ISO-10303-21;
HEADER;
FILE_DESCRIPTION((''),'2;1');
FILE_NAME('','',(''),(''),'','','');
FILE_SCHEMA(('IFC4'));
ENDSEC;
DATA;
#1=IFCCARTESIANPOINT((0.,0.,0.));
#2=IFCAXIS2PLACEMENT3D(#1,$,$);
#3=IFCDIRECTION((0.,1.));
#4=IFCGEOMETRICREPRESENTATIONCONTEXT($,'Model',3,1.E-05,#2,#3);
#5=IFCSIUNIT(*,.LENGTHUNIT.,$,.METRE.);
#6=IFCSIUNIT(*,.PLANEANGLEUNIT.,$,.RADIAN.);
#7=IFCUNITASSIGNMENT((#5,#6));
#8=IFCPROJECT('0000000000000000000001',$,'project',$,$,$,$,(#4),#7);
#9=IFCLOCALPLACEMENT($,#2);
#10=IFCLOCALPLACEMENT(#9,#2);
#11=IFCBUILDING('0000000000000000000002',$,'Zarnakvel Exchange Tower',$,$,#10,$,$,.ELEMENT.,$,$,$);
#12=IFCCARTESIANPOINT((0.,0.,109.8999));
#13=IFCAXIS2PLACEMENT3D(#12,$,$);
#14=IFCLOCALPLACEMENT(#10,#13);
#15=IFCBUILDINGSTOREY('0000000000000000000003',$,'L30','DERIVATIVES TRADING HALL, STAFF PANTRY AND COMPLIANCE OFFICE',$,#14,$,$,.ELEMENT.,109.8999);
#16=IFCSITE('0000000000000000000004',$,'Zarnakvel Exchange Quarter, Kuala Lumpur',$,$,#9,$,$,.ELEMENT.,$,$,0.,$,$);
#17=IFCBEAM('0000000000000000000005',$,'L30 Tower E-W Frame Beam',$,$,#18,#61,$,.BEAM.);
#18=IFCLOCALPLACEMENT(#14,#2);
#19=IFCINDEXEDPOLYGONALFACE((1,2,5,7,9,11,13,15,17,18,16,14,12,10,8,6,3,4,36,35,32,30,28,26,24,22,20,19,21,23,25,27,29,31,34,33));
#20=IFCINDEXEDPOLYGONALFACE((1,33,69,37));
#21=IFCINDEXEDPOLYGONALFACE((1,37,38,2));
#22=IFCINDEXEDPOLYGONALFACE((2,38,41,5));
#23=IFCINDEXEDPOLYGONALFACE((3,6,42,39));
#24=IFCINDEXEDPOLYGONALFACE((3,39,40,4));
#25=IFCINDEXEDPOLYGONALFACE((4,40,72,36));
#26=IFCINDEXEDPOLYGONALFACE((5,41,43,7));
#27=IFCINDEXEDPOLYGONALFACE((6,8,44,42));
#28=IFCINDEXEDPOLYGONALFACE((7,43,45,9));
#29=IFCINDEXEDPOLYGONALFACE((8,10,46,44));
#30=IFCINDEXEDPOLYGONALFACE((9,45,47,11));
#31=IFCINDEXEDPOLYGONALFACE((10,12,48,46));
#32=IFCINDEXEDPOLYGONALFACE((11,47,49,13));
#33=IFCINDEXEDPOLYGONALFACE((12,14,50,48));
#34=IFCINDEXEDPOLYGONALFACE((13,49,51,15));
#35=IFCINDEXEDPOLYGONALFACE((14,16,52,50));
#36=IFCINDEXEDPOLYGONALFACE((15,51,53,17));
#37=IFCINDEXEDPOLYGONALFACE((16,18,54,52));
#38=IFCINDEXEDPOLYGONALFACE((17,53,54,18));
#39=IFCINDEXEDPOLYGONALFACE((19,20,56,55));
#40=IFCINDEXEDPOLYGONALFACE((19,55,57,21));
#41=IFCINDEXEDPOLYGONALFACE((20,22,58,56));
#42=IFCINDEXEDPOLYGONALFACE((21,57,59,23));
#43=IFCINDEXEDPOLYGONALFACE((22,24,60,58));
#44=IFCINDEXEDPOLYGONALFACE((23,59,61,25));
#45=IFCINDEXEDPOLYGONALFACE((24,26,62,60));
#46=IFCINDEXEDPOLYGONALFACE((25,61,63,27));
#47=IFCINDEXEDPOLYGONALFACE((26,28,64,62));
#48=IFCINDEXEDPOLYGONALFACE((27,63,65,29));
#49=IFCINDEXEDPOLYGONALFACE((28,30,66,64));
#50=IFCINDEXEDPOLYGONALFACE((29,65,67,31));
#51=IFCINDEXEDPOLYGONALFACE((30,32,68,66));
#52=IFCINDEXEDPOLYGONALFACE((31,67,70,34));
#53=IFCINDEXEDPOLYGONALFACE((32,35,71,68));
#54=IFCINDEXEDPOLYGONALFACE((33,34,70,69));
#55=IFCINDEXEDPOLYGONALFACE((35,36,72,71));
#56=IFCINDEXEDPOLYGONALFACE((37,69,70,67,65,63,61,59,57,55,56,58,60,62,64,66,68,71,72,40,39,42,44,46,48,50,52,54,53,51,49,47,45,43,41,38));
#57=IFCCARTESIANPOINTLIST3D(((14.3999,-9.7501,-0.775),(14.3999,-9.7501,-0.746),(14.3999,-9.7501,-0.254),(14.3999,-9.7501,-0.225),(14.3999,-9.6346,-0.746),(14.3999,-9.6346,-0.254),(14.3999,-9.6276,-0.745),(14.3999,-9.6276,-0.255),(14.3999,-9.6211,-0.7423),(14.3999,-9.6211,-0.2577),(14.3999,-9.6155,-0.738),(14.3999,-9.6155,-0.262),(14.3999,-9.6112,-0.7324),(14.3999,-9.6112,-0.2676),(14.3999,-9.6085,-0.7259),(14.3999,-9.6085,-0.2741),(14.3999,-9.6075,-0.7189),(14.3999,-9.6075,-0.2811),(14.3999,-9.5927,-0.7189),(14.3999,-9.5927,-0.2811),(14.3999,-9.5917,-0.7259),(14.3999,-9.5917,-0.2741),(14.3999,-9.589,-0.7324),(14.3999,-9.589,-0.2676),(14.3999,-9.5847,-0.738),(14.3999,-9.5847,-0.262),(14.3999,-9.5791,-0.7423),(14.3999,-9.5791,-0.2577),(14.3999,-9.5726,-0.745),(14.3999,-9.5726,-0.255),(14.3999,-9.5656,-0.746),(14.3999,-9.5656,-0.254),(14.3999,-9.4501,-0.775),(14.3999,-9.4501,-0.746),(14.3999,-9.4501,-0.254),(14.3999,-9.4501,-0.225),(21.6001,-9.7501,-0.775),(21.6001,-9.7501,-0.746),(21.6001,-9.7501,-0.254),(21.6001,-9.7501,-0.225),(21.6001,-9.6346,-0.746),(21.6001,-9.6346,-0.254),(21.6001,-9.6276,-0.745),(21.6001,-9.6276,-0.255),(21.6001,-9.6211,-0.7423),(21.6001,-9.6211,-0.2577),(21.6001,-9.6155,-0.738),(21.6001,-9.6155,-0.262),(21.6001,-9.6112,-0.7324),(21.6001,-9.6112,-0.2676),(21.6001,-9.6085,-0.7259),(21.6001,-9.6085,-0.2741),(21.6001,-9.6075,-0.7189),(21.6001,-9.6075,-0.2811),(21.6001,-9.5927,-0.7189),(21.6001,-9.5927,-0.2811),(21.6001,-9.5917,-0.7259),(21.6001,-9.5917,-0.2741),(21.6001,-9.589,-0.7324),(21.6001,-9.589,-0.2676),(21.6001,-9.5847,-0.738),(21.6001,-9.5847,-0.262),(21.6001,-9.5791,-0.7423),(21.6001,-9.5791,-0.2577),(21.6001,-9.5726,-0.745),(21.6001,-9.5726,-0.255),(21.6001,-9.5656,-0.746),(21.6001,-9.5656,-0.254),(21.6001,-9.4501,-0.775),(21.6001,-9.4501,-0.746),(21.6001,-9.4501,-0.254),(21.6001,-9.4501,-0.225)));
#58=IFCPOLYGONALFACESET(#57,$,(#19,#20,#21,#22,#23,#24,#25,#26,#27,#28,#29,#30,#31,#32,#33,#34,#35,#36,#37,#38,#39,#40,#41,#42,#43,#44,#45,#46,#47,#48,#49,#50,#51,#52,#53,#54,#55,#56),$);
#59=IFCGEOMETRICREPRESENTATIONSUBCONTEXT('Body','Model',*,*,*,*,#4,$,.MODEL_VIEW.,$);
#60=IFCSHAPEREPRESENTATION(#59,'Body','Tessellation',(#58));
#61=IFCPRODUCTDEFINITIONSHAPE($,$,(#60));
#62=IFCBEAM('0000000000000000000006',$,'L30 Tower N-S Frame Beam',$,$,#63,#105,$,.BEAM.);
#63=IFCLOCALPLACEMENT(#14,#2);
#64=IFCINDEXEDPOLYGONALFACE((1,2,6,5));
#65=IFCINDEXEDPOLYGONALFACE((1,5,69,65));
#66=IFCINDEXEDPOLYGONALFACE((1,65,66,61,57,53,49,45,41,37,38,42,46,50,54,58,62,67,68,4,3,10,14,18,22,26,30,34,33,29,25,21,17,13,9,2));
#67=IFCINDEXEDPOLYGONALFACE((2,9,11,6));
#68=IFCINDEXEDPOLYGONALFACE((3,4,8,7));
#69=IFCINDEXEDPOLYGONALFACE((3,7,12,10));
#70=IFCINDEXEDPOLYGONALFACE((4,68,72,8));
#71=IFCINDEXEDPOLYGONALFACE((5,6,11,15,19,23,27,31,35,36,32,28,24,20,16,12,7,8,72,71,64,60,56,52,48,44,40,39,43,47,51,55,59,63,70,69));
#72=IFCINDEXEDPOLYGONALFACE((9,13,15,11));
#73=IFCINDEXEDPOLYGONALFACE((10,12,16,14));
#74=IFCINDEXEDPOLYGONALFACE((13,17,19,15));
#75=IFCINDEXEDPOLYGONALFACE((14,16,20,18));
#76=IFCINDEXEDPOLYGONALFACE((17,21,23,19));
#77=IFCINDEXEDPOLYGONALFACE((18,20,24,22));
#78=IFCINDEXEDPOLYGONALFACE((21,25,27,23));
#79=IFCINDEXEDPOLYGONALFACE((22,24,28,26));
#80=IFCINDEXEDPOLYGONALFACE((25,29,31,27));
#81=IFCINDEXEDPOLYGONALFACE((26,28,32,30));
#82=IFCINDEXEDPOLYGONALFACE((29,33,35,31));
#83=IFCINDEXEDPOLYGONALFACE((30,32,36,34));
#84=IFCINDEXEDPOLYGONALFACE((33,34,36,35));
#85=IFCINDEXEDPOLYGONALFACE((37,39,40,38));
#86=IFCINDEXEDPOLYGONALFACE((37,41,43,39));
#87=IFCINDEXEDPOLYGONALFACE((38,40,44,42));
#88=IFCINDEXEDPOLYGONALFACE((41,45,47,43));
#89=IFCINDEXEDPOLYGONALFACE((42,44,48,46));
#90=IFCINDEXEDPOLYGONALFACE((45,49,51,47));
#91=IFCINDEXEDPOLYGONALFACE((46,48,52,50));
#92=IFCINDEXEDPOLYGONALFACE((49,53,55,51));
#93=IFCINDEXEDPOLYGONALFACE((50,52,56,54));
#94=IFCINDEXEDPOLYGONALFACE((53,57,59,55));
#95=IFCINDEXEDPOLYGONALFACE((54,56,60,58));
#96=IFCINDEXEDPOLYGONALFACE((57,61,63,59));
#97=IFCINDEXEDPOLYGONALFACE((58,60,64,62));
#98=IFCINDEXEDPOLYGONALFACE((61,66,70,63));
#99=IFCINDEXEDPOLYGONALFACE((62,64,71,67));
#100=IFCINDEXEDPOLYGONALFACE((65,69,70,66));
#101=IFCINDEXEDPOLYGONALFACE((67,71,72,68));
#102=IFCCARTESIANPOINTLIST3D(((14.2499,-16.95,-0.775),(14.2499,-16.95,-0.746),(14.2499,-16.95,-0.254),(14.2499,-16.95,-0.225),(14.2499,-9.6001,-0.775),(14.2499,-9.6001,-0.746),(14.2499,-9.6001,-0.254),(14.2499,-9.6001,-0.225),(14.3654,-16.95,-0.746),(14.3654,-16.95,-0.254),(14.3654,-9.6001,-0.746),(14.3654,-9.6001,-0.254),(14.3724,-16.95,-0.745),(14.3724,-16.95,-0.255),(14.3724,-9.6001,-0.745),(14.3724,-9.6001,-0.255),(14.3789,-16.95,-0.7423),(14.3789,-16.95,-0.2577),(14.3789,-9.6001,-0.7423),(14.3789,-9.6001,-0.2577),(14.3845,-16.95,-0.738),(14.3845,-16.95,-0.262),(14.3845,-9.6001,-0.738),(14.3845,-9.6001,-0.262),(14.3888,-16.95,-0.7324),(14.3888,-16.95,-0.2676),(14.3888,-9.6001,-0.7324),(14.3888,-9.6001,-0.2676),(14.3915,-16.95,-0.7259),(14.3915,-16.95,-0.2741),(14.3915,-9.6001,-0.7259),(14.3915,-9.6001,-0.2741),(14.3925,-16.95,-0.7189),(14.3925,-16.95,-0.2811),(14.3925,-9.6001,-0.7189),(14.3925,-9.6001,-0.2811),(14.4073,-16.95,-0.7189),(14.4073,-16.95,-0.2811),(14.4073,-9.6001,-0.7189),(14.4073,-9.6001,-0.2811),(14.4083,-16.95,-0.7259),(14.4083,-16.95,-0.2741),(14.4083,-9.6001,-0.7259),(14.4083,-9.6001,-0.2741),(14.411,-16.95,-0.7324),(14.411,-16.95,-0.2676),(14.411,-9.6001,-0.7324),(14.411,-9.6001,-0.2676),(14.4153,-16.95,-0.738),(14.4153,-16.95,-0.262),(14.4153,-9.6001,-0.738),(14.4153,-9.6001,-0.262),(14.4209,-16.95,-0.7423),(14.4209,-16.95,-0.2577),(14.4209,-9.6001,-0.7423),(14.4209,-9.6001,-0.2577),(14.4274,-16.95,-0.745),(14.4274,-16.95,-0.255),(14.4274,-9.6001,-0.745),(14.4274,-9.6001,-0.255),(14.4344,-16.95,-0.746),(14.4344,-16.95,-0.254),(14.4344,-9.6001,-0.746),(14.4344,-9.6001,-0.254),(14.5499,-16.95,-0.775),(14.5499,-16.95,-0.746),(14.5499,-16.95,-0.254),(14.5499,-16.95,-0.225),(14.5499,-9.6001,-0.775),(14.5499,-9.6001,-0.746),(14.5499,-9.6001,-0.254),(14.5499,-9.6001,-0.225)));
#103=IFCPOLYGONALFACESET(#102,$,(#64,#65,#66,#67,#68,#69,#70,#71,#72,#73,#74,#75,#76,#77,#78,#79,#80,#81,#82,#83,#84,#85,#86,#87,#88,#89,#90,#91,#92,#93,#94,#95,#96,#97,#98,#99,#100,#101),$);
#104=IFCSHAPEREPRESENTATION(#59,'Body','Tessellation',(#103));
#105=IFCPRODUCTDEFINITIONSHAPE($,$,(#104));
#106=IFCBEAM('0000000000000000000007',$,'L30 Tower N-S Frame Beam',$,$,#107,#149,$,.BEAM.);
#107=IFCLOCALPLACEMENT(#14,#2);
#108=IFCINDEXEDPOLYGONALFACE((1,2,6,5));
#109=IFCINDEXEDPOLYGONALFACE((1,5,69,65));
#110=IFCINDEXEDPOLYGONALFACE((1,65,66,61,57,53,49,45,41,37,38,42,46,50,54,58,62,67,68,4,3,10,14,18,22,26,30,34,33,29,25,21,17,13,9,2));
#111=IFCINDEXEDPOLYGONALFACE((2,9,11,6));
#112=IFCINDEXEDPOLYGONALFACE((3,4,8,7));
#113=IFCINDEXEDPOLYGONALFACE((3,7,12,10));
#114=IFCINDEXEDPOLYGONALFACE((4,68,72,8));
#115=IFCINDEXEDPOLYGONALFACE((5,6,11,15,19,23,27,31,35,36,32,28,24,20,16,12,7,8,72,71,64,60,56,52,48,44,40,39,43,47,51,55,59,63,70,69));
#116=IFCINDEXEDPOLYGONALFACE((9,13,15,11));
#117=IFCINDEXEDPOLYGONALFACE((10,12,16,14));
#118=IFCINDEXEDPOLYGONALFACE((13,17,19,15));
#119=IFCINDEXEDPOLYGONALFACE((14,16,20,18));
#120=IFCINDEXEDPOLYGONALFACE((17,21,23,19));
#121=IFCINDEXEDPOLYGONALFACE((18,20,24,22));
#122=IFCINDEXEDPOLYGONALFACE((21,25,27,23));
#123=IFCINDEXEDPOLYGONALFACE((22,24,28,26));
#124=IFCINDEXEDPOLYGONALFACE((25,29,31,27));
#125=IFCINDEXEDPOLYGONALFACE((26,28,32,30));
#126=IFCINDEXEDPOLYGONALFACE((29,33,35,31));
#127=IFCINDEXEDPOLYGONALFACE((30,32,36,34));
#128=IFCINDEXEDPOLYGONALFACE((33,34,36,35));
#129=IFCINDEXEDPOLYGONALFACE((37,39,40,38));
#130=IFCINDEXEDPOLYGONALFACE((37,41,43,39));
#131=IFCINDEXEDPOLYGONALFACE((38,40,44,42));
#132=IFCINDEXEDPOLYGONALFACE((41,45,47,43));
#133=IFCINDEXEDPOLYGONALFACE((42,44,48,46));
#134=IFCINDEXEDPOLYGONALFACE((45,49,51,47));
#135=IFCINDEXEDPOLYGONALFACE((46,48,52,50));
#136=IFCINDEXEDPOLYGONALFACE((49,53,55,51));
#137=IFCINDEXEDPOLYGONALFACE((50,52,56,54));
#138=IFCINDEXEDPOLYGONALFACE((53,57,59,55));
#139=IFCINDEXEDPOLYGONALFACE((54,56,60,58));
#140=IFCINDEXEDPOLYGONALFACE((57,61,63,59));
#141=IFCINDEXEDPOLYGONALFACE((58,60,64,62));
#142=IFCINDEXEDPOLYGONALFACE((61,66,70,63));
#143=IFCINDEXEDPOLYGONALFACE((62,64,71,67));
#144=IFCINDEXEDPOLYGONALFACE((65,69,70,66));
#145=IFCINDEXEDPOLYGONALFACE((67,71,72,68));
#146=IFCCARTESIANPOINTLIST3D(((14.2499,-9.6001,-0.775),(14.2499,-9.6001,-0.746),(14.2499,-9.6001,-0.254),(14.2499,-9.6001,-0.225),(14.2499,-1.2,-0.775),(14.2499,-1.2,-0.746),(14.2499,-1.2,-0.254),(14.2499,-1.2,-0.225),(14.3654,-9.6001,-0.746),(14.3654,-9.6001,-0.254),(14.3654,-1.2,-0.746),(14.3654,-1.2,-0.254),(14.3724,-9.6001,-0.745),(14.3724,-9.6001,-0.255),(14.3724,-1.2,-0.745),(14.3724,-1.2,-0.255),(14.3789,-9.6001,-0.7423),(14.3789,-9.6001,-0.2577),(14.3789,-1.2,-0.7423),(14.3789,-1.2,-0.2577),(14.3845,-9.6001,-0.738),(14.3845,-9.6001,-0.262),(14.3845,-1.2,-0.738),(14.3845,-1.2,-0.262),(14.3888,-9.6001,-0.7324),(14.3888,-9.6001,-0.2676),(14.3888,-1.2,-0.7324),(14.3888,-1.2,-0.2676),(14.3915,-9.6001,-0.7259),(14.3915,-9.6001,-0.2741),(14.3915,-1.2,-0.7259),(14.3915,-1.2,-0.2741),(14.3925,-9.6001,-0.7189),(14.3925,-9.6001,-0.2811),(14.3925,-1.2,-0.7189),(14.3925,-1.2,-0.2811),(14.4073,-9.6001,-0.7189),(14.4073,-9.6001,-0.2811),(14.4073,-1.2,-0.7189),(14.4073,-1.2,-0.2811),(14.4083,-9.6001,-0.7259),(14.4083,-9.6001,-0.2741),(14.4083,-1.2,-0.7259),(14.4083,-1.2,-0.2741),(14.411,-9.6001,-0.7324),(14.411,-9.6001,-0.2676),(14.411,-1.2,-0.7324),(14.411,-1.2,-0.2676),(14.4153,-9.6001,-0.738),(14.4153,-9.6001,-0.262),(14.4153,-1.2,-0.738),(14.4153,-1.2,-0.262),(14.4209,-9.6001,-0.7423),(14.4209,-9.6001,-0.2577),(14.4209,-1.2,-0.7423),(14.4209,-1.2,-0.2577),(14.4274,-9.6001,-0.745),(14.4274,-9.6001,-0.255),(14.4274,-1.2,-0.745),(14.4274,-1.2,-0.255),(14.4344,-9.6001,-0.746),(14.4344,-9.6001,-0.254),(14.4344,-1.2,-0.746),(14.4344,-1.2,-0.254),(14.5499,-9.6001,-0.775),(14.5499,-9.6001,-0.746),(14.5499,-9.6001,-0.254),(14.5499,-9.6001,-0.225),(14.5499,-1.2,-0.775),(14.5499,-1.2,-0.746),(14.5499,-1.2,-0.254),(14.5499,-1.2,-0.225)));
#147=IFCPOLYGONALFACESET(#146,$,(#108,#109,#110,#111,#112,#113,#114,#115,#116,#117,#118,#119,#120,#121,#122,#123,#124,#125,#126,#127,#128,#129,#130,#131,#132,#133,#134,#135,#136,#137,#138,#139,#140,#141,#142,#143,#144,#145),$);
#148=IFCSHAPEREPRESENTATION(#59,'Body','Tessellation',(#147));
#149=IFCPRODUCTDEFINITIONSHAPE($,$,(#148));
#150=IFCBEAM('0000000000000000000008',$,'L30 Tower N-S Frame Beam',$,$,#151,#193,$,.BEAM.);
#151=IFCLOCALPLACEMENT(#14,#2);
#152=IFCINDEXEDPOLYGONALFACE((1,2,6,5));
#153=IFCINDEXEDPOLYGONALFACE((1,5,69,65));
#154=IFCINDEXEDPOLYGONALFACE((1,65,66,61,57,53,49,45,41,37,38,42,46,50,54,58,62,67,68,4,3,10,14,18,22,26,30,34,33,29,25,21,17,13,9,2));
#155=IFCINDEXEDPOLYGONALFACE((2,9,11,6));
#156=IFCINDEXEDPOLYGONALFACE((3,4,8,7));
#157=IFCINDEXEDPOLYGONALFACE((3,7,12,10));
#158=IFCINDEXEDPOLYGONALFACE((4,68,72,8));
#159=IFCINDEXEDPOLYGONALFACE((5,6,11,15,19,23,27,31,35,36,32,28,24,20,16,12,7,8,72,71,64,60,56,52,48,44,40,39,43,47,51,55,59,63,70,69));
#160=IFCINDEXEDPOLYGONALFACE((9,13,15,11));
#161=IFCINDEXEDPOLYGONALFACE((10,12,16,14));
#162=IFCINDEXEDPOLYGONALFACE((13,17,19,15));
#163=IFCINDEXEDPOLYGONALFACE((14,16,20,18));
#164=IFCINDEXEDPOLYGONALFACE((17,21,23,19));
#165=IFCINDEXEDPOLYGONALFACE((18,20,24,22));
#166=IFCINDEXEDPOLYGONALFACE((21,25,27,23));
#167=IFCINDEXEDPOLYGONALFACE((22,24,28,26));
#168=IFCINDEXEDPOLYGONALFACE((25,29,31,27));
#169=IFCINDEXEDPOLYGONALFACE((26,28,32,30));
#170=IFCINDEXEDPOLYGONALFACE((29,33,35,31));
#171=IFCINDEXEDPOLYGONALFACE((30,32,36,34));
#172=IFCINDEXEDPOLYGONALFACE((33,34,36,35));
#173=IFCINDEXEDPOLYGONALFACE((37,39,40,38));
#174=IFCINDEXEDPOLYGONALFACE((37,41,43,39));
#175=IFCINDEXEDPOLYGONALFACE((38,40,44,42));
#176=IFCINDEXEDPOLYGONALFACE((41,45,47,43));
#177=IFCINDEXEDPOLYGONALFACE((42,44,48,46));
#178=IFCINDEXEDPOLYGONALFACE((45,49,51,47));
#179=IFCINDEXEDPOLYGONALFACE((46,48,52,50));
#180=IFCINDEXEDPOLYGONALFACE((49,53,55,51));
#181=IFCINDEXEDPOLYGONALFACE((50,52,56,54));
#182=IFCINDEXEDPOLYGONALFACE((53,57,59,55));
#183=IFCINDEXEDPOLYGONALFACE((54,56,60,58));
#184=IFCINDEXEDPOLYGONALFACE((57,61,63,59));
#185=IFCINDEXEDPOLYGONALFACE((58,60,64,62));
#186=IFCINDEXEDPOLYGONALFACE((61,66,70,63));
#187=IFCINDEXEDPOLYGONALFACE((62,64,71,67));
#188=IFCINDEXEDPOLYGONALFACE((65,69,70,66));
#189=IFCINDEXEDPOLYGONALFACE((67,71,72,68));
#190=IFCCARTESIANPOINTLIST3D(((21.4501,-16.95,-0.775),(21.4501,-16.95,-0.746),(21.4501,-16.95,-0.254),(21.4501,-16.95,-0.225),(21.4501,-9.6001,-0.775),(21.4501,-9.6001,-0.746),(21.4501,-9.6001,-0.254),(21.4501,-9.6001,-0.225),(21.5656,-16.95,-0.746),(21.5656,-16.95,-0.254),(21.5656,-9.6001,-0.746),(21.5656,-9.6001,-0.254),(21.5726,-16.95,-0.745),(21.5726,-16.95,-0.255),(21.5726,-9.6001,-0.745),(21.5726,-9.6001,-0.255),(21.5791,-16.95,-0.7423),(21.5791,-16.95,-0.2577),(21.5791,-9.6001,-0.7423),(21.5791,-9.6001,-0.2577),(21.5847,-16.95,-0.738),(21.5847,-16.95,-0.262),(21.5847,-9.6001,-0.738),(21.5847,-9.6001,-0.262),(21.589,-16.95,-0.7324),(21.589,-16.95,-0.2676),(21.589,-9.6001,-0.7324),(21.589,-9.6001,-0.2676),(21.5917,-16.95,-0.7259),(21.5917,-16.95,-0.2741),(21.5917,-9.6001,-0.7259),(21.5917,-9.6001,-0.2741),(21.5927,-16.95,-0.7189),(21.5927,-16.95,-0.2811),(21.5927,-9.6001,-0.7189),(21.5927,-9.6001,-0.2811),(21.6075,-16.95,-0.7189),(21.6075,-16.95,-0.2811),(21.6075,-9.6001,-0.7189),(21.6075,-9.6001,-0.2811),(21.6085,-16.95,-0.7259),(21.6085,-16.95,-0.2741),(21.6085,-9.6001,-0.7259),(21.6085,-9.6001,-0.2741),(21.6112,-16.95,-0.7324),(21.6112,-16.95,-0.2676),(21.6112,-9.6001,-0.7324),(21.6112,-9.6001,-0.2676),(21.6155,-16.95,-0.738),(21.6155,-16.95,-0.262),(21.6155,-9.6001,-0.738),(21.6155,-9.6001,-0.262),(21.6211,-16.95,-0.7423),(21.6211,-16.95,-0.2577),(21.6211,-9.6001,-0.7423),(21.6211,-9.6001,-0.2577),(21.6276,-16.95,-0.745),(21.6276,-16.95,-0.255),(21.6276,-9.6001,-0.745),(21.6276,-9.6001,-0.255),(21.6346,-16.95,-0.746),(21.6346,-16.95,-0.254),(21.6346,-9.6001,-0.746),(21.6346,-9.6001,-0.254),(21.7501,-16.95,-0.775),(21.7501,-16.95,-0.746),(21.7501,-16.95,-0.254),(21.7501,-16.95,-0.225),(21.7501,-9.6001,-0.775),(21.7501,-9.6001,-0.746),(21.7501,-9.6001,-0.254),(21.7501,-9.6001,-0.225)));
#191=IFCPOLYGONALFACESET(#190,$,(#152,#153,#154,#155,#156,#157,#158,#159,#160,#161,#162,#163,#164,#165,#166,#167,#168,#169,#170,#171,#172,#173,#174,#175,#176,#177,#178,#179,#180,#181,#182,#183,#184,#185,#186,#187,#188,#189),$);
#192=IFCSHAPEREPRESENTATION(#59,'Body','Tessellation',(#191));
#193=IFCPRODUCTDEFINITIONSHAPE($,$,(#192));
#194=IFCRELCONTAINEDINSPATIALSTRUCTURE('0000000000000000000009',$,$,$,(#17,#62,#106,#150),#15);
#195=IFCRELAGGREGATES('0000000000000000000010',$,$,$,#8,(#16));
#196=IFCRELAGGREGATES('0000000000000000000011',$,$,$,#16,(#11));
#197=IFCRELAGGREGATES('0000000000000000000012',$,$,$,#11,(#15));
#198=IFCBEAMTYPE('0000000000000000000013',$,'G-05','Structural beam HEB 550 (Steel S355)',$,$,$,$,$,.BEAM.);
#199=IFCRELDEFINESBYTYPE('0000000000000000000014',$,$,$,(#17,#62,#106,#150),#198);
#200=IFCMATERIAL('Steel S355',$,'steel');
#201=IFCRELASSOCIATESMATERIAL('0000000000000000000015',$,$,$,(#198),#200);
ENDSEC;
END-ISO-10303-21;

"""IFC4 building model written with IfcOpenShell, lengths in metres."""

from ifc_helpers import new_model, si_unit, direction, frame, origin, origin_2d, place, context, subcontext, project, spatial, i_section, extrude, material, material_profile, profile_set, type_object, element, save


model = new_model("IFC4")

# Units and contexts
model_context = context("Model", 3, precision=1e-05, world=origin(), true_north=direction((0.0, 1.0)))
body_context = subcontext(model_context, "Body", "Model", "MODEL_VIEW")
ifc_project = project(units=[si_unit("LENGTHUNIT", "METRE"), si_unit("PLANEANGLEUNIT", "RADIAN")], contexts=[model_context])

# Site, building, storey
site_placement = place(None, origin())
site = spatial("IfcSite", under=ifc_project, at=site_placement, Name="Zarnakvel Exchange Quarter, Kuala Lumpur", CompositionType="ELEMENT", RefElevation=0.0)
building_placement = place(site_placement, origin())
building = spatial("IfcBuilding", under=site, at=building_placement, Name="Zarnakvel Exchange Tower", CompositionType="ELEMENT")
storey_placement = place(building_placement, frame((0.0, 0.0, 109.8999)))
storey = spatial("IfcBuildingStorey", under=building, at=storey_placement, Name="L30", Description="DERIVATIVES TRADING HALL, STAFF PANTRY AND COMPLIANCE OFFICE", CompositionType="ELEMENT", Elevation=109.8999)

# Beams
ifc_material_1 = material(Name="Steel S355", Category="steel")
ifc_material_profile_1 = material_profile(ifc_material_1, i_section(OverallWidth=0.3, OverallDepth=0.55, WebThickness=0.0149, FlangeThickness=0.0291, FilletRadius=0.0271, at=origin_2d()))
ifc_profile_set_1 = profile_set([ifc_material_profile_1], Name="Steel S355")
beam_type_1 = type_object("IfcBeamType", Name="G-05", Description="Structural beam HEB 550 (Steel S355)", PredefinedType="BEAM", material=ifc_profile_set_1)
beam_1_placement = place(storey_placement, frame((14.3999, -9.6001, -0.5), z_axis=(1.0, 0.0, 0.0), x_axis=(0.0, 1.0, 0.0)))
element("IfcBeam", 1, at=beam_1_placement, inside=storey, type_object=beam_type_1, Name="L30 Tower E-W Frame Beam", PredefinedType="BEAM", context=body_context, shape_type="SweptSolid", body=[
    extrude(i_section(OverallWidth=0.3, OverallDepth=0.55, WebThickness=0.0149, FlangeThickness=0.0291, FilletRadius=0.0271, at=origin_2d()), origin(), (0.0, 0.0, 1.0), 7.2002),
])
beam_2_placement = place(storey_placement, frame((14.3999, -16.95, -0.5), z_axis=(0.0, 1.0, 0.0), x_axis=(-1.0, 0.0, 0.0)))
element("IfcBeam", 2, at=beam_2_placement, inside=storey, type_object=beam_type_1, Name="L30 Tower N-S Frame Beam", PredefinedType="BEAM", context=body_context, shape_type="SweptSolid", body=[
    extrude(i_section(OverallWidth=0.3, OverallDepth=0.55, WebThickness=0.0149, FlangeThickness=0.0291, FilletRadius=0.0271, at=origin_2d()), origin(), (0.0, 0.0, 1.0), 7.3499),
])
beam_3_placement = place(storey_placement, frame((14.3999, -9.6001, -0.5), z_axis=(0.0, 1.0, 0.0), x_axis=(-1.0, 0.0, 0.0)))
element("IfcBeam", 3, at=beam_3_placement, inside=storey, type_object=beam_type_1, Name="L30 Tower N-S Frame Beam", PredefinedType="BEAM", context=body_context, shape_type="SweptSolid", body=[
    extrude(i_section(OverallWidth=0.3, OverallDepth=0.55, WebThickness=0.0149, FlangeThickness=0.0291, FilletRadius=0.0271, at=origin_2d()), origin(), (0.0, 0.0, 1.0), 8.4001),
])
beam_4_placement = place(storey_placement, frame((21.6001, -16.95, -0.5), z_axis=(0.0, 1.0, 0.0), x_axis=(-1.0, 0.0, 0.0)))
element("IfcBeam", 4, at=beam_4_placement, inside=storey, type_object=beam_type_1, Name="L30 Tower N-S Frame Beam", PredefinedType="BEAM", context=body_context, shape_type="SweptSolid", body=[
    extrude(i_section(OverallWidth=0.3, OverallDepth=0.55, WebThickness=0.0149, FlangeThickness=0.0291, FilletRadius=0.0271, at=origin_2d()), origin(), (0.0, 0.0, 1.0), 7.3499),
])

save(model, "model.ifc")
